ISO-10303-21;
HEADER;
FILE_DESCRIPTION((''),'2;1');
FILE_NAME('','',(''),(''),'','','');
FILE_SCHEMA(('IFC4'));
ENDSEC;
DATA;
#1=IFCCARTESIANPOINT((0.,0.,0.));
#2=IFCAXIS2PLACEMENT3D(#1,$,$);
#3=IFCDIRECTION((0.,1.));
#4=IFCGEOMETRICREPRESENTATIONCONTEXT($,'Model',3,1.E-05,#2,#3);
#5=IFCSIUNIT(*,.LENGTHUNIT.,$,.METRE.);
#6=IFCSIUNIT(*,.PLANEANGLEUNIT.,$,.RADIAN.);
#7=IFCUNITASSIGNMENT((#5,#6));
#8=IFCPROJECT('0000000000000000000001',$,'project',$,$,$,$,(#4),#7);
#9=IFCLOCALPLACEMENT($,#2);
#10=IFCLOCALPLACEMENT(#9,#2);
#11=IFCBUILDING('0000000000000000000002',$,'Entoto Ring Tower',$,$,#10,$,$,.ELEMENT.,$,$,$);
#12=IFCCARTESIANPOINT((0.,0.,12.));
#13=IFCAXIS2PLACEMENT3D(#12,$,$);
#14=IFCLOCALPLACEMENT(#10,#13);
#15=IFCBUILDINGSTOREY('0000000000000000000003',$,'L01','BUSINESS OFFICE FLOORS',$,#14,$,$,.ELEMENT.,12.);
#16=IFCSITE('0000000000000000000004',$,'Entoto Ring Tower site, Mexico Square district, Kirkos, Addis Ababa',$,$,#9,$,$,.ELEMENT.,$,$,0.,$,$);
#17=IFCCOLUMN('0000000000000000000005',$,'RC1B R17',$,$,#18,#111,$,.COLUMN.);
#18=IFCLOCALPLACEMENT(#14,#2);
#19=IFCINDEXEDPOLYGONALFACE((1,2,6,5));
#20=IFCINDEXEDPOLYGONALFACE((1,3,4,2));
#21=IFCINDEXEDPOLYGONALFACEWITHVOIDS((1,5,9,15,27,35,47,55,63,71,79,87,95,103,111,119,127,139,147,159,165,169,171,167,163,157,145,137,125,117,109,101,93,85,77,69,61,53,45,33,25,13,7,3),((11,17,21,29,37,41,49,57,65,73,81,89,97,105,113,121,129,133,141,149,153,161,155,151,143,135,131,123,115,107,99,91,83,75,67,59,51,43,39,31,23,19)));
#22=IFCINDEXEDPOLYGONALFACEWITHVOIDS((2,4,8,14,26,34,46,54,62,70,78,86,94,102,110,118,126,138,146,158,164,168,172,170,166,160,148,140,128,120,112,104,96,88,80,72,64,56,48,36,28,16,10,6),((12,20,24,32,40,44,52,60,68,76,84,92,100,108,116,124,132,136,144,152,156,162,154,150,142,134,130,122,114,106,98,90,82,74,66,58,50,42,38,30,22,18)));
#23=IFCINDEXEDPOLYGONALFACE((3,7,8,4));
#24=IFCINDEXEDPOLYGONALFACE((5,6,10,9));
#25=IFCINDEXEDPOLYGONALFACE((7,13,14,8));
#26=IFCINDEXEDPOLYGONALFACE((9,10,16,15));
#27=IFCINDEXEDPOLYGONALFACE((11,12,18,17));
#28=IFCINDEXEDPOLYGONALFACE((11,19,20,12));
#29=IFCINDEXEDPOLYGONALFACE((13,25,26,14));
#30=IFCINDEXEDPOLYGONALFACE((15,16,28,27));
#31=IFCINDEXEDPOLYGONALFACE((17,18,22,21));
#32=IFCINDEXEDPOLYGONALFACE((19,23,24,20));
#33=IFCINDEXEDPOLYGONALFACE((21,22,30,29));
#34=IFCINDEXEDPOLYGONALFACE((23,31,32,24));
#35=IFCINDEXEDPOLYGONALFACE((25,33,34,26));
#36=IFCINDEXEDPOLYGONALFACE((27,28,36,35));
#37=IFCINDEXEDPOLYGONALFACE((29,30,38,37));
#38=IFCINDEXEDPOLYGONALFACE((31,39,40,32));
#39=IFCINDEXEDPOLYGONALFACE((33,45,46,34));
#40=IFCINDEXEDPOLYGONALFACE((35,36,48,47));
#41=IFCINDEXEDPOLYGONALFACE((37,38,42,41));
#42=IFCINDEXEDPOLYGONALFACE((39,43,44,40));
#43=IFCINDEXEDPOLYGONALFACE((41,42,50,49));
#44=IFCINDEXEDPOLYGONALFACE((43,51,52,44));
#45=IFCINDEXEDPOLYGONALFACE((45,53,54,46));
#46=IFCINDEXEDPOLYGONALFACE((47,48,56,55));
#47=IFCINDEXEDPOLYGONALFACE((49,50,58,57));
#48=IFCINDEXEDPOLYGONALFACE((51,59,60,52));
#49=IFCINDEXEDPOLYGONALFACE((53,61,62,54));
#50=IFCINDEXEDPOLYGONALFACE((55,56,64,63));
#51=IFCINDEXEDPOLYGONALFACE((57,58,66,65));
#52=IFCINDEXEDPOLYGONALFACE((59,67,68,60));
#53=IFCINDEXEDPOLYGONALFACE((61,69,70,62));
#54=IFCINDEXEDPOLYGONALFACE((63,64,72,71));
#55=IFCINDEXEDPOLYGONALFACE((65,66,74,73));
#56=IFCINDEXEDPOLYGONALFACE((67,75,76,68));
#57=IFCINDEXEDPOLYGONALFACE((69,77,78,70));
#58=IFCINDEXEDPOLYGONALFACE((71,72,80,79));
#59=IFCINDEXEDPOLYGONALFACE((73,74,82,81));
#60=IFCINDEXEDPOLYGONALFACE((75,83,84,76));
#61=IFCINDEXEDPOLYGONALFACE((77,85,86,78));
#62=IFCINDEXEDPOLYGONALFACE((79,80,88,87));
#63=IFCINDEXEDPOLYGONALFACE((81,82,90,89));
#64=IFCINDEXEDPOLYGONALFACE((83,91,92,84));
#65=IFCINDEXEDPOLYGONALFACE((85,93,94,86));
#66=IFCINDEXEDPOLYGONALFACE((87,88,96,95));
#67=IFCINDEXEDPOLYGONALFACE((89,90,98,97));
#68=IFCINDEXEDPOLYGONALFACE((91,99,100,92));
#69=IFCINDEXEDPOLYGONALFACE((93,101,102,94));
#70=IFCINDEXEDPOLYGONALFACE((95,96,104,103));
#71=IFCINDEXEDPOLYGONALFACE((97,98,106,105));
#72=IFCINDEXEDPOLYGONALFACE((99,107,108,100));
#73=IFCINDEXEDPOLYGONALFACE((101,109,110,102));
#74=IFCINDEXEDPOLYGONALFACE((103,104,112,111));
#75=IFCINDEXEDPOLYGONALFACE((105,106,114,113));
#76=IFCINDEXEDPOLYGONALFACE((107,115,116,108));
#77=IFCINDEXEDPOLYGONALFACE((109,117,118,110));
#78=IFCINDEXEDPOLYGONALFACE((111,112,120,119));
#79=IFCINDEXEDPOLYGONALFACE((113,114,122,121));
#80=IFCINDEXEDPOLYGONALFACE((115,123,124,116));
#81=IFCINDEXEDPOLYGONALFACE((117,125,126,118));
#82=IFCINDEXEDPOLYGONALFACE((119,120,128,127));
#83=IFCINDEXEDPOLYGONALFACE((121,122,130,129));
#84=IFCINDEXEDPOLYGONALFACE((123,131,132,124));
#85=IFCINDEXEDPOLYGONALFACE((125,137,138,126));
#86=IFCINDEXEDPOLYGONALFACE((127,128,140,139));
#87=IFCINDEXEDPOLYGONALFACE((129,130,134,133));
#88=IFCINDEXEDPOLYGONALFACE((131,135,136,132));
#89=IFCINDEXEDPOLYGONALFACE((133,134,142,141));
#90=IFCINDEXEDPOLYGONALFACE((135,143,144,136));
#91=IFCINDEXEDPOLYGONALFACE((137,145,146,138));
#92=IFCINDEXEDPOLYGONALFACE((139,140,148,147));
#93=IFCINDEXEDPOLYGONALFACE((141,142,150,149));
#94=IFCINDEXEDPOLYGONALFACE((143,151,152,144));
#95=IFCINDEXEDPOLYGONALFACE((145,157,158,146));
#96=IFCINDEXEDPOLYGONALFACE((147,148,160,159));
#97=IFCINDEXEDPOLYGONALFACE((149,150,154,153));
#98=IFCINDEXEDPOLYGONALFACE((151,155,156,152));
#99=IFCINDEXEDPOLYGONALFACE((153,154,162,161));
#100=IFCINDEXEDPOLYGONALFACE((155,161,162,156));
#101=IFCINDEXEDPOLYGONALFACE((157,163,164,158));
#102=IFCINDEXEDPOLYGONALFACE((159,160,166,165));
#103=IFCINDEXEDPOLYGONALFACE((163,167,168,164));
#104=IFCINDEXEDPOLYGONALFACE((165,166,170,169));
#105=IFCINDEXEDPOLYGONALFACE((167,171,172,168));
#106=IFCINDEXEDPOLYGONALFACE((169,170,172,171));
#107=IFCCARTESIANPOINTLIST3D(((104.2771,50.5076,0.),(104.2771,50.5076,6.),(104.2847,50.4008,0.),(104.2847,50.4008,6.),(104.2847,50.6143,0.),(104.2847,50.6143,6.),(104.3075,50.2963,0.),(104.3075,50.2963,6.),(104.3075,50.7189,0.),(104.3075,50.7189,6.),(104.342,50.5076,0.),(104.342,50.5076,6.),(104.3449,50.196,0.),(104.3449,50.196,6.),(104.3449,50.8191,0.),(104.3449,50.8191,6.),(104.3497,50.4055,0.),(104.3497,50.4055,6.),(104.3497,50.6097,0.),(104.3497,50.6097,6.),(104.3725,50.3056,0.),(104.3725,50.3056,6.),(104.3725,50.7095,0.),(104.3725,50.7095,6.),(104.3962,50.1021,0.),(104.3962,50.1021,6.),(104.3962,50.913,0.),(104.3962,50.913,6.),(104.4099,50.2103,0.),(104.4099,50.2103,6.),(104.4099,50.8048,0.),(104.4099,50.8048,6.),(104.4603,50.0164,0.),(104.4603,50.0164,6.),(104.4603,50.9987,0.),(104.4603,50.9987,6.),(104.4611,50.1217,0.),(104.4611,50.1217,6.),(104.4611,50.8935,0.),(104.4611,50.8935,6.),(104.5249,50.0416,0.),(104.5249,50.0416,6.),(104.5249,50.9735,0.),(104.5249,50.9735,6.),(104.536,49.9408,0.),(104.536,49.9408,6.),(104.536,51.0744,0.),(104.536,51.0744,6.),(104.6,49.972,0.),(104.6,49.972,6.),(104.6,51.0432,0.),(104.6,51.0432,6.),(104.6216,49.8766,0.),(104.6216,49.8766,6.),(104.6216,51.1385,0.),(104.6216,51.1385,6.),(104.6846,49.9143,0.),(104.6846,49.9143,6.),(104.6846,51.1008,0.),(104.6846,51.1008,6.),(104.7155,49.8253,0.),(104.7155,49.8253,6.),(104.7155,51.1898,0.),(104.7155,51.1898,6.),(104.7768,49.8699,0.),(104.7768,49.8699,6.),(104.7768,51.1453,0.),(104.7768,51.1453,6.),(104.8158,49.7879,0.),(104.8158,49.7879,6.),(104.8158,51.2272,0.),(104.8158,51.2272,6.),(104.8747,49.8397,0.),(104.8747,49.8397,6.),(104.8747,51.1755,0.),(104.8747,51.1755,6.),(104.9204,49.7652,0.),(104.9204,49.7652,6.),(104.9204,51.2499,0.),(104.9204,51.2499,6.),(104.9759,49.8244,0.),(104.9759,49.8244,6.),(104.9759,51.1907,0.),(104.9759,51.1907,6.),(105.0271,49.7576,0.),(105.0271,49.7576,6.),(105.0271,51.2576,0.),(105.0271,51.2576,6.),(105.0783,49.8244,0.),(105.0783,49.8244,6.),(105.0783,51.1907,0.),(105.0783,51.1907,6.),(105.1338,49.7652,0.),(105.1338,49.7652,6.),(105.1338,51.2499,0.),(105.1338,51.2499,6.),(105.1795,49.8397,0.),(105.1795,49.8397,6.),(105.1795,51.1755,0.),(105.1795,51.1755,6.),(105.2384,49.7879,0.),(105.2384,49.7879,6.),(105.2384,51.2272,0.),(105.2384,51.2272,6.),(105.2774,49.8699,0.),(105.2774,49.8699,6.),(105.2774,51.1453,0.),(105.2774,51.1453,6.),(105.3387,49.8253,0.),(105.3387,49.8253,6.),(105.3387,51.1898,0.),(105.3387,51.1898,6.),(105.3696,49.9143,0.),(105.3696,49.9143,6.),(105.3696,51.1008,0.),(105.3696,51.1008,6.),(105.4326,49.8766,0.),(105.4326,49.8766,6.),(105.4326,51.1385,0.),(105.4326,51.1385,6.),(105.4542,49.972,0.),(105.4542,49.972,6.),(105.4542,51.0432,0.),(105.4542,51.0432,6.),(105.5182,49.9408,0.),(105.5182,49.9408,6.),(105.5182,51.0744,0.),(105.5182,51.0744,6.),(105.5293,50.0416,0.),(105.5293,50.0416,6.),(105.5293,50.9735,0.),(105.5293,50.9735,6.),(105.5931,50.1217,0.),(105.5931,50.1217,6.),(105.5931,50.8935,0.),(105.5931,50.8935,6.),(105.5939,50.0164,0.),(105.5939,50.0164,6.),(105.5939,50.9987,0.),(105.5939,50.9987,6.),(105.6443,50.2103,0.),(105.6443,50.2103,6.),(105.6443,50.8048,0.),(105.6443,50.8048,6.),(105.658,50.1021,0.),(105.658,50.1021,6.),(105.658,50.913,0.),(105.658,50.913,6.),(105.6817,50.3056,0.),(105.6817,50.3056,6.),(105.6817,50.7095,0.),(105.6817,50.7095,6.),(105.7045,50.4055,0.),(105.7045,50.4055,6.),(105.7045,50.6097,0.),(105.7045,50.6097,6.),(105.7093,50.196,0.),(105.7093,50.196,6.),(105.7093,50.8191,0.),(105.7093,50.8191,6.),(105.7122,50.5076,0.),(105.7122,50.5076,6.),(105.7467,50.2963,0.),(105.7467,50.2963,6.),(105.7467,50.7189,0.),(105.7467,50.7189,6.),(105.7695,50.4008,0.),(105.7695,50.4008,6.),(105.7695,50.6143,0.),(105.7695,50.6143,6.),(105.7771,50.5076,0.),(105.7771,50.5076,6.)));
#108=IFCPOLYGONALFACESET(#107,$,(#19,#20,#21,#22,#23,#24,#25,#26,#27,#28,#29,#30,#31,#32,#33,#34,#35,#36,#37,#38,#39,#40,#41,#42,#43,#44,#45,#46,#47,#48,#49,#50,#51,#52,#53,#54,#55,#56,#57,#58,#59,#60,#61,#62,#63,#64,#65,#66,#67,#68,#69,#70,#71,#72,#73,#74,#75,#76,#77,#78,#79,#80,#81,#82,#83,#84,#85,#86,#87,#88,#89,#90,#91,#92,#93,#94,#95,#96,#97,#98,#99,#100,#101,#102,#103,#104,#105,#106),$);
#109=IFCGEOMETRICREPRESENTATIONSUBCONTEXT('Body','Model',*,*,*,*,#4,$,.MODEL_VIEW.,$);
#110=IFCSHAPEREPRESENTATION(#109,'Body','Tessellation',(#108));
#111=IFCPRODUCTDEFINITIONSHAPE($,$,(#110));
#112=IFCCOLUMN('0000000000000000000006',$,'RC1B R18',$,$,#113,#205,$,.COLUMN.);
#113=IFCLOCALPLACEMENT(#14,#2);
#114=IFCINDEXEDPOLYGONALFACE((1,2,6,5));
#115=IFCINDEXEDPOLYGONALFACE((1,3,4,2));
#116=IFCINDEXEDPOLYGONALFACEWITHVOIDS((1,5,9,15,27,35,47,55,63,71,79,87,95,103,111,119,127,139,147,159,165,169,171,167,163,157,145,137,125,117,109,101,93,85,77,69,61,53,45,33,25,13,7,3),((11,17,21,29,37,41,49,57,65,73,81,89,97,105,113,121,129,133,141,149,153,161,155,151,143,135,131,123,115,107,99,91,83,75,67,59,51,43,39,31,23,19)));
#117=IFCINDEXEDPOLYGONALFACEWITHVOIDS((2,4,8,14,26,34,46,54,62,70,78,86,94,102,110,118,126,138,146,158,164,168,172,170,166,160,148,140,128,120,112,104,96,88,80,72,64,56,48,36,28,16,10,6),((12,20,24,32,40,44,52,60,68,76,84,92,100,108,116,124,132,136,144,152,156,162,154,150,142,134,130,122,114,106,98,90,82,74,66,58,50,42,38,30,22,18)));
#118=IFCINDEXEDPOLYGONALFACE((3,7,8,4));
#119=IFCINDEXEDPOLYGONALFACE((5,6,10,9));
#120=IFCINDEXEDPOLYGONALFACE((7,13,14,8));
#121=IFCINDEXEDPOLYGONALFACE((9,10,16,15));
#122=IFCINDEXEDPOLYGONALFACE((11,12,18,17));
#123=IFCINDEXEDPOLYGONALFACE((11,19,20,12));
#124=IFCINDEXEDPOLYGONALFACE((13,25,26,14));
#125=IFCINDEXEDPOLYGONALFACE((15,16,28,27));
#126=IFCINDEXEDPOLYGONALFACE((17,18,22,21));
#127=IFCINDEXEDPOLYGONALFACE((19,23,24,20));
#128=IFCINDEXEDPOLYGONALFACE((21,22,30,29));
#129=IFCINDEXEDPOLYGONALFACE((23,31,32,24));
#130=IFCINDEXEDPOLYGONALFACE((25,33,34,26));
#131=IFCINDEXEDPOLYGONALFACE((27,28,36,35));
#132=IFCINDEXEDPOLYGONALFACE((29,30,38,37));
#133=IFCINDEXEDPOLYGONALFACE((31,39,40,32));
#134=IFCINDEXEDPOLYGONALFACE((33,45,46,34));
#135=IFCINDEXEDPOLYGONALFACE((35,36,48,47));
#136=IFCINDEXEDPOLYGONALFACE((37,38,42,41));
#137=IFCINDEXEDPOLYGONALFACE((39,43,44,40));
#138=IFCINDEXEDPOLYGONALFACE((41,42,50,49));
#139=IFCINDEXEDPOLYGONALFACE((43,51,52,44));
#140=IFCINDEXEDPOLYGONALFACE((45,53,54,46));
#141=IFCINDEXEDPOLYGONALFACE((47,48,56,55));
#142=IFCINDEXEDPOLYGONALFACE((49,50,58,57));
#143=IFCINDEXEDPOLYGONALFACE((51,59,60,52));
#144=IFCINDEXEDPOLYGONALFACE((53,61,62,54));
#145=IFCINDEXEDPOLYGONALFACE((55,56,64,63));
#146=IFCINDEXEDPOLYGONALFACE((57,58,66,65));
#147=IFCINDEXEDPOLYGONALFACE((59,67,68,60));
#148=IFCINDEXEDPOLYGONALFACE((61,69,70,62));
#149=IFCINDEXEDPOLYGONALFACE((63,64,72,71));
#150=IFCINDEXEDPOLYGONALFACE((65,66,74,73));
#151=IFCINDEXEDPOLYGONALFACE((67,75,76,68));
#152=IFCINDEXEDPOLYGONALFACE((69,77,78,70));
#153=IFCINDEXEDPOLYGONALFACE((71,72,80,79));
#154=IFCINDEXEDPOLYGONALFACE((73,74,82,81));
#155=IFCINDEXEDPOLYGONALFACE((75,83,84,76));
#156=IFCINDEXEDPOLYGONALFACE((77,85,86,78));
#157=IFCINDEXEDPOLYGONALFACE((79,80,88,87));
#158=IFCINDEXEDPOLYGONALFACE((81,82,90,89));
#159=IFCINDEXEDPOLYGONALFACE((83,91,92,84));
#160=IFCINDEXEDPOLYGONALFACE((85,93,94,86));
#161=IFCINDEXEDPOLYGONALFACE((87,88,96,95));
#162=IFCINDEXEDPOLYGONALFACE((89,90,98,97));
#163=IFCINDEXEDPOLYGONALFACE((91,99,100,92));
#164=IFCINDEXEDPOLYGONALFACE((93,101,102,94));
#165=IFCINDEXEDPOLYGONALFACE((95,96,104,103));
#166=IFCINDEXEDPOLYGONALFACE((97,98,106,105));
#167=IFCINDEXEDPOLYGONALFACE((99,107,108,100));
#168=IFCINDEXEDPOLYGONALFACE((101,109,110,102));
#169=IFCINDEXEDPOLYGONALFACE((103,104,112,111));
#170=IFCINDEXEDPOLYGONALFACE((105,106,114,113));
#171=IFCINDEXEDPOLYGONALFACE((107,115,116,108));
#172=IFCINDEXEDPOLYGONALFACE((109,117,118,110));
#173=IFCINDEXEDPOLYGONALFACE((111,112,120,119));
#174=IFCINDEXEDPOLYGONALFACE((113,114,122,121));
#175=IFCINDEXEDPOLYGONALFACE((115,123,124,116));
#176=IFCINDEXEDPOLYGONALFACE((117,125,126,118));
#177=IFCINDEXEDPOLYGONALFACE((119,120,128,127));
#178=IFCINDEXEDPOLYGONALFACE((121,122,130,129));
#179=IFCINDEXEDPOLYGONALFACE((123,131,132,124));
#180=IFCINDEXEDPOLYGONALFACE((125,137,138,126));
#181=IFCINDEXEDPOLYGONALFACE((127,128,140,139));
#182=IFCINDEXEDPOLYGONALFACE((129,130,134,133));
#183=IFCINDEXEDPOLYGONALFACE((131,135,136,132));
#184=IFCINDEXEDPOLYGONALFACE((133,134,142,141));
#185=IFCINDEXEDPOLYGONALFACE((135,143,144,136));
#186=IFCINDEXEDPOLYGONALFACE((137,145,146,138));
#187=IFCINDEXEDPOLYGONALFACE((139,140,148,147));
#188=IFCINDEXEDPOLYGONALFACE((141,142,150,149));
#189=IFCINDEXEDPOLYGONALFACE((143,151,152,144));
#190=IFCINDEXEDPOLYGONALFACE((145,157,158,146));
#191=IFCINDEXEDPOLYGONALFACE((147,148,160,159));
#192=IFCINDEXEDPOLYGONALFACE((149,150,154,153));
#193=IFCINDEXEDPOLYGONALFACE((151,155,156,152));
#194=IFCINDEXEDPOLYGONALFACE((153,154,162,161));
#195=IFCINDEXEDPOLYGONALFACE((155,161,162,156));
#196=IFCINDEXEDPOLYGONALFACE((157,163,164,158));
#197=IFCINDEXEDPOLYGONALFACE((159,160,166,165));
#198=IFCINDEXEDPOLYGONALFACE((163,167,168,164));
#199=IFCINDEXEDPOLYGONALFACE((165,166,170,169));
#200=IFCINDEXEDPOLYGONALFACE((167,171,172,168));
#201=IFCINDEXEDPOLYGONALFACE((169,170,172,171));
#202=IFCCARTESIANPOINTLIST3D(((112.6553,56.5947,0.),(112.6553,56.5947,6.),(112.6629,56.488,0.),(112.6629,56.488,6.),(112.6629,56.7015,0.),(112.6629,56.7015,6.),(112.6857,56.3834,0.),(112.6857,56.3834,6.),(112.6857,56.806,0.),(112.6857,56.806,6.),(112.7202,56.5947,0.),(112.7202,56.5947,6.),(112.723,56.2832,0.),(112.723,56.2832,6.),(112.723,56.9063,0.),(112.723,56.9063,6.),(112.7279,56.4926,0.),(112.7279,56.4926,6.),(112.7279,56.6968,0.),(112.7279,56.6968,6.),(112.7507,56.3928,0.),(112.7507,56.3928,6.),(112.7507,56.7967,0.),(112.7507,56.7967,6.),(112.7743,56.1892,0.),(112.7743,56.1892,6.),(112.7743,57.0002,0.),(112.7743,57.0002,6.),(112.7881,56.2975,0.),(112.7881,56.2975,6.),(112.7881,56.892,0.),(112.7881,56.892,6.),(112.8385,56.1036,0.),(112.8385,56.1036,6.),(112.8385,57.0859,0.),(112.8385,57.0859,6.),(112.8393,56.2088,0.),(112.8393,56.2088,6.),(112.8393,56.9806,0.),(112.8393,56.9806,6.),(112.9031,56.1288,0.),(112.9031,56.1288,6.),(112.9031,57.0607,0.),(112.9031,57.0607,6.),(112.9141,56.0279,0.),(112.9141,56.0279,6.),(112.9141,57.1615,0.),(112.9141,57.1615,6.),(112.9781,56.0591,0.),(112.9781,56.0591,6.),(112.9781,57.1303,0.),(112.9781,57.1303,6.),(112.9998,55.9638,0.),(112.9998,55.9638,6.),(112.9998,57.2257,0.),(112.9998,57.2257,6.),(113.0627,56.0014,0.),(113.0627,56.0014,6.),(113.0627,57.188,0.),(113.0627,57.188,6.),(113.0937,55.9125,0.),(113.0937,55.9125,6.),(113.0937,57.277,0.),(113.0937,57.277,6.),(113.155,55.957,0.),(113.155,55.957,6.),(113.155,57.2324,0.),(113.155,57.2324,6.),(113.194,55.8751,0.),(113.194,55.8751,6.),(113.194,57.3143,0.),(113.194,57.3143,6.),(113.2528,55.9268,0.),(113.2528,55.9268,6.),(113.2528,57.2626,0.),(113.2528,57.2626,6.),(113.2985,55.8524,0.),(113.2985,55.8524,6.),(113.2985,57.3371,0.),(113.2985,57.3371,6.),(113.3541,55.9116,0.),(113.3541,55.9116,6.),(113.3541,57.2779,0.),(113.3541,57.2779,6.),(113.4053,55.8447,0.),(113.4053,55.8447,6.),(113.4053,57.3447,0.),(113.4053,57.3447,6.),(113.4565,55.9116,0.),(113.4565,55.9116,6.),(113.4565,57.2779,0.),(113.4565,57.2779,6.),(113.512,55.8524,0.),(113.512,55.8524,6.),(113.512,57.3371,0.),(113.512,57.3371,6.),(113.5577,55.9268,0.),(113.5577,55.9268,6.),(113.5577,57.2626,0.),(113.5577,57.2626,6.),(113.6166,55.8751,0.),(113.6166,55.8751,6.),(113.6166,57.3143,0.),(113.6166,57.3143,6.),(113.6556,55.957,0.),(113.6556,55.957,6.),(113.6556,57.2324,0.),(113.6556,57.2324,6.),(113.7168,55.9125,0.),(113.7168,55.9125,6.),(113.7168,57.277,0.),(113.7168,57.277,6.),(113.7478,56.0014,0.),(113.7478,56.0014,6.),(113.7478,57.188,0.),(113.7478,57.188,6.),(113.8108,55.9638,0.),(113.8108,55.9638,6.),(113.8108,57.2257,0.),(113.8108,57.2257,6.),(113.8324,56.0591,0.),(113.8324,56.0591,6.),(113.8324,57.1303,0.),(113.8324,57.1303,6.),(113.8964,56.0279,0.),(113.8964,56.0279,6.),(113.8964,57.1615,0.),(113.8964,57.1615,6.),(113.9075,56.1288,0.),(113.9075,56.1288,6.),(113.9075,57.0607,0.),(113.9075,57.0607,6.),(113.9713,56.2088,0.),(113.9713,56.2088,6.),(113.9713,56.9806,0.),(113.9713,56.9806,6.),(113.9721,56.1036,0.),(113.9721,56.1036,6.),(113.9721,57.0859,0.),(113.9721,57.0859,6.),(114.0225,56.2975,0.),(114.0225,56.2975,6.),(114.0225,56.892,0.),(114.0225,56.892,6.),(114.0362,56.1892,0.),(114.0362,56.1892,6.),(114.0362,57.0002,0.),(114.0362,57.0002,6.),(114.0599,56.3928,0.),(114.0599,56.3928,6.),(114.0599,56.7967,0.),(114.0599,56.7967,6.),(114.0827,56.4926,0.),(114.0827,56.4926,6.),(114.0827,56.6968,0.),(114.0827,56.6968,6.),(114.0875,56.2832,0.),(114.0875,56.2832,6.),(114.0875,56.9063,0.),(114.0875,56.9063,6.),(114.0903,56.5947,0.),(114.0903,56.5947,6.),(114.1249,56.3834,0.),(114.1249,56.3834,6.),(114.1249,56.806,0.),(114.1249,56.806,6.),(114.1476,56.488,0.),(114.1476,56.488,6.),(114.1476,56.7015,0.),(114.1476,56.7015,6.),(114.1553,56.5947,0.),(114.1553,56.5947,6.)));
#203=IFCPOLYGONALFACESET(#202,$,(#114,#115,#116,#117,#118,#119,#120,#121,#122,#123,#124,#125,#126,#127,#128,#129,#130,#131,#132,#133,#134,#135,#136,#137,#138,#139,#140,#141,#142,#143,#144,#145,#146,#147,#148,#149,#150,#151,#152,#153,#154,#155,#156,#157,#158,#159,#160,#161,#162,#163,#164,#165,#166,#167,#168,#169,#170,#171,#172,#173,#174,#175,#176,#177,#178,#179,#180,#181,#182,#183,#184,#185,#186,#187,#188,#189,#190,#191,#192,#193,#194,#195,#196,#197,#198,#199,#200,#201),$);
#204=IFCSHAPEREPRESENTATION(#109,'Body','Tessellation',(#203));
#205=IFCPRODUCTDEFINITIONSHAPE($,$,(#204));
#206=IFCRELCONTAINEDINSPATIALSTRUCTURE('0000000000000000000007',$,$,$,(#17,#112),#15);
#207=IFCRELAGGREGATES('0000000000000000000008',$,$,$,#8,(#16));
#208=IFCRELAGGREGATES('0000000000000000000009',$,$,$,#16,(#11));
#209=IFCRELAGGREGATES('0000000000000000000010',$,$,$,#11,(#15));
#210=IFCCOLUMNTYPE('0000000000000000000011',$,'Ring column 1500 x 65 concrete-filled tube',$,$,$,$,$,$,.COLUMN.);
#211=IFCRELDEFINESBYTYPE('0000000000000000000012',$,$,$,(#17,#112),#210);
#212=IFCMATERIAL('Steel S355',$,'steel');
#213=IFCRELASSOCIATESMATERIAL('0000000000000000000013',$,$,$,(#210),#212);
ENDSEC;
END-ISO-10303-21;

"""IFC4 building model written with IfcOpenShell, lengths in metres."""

from ifc_helpers import new_model, si_unit, direction, frame, origin, origin_2d, place, context, subcontext, project, spatial, circle, hollow_circle, extrude, material, material_profile, profile_set, type_object, element, save


model = new_model("IFC4")

# Units and contexts
model_context = context("Model", 3, precision=1e-05, world=origin(), true_north=direction((0.0, 1.0)))
body_context = subcontext(model_context, "Body", "Model", "MODEL_VIEW")
ifc_project = project(units=[si_unit("LENGTHUNIT", "METRE"), si_unit("PLANEANGLEUNIT", "RADIAN")], contexts=[model_context])

# Site, building, storey
site_placement = place(None, origin())
site = spatial("IfcSite", under=ifc_project, at=site_placement, Name="Entoto Ring Tower site, Mexico Square district, Kirkos, Addis Ababa", CompositionType="ELEMENT", RefElevation=0.0)
building_placement = place(site_placement, origin())
building = spatial("IfcBuilding", under=site, at=building_placement, Name="Entoto Ring Tower", CompositionType="ELEMENT")
storey_placement = place(building_placement, frame((0.0, 0.0, 12.0)))
storey = spatial("IfcBuildingStorey", under=building, at=storey_placement, Name="L01", Description="BUSINESS OFFICE FLOORS", CompositionType="ELEMENT", Elevation=12.0)

# Columns
ifc_material_1 = material(Name="Steel S355", Category="steel")
ifc_material_profile_1 = material_profile(ifc_material_1, hollow_circle(Radius=0.75, WallThickness=0.0649, at=origin_2d()), Name="CHS 1500 x 65")
ifc_material_2 = material(Name="Concrete C60/75", Category="concrete")
ifc_material_profile_2 = material_profile(ifc_material_2, circle(Radius=0.6851, at=origin_2d()), Name="Concrete C60/75 infill")
ifc_profile_set_1 = profile_set([ifc_material_profile_1, ifc_material_profile_2], Name="Steel S355")
column_type = type_object("IfcColumnType", Name="Ring column 1500 x 65 concrete-filled tube", PredefinedType="COLUMN", material=ifc_profile_set_1)
for number, where, z_axis, x_axis, name in (
    (1, (105.0271, 50.5076, 0.0), (0.0, 0.0, 1.0), (1.0, 0.0, 0.0), "RC1B R17"),
    (2, (113.4053, 56.5947, 0.0), (0.0, 0.0, 1.0), (1.0, 0.0, 0.0), "RC1B R18"),
):
    element("IfcColumn", number, at=place(storey_placement, frame(where, z_axis=z_axis, x_axis=x_axis)), inside=storey, type_object=column_type, Name=name, PredefinedType="COLUMN", context=body_context, shape_type="SweptSolid", body=[
        extrude(hollow_circle(Radius=0.75, WallThickness=0.0649, at=origin_2d()), origin(), (0.0, 0.0, 1.0), 6.0),
    ])

save(model, "model.ifc")
